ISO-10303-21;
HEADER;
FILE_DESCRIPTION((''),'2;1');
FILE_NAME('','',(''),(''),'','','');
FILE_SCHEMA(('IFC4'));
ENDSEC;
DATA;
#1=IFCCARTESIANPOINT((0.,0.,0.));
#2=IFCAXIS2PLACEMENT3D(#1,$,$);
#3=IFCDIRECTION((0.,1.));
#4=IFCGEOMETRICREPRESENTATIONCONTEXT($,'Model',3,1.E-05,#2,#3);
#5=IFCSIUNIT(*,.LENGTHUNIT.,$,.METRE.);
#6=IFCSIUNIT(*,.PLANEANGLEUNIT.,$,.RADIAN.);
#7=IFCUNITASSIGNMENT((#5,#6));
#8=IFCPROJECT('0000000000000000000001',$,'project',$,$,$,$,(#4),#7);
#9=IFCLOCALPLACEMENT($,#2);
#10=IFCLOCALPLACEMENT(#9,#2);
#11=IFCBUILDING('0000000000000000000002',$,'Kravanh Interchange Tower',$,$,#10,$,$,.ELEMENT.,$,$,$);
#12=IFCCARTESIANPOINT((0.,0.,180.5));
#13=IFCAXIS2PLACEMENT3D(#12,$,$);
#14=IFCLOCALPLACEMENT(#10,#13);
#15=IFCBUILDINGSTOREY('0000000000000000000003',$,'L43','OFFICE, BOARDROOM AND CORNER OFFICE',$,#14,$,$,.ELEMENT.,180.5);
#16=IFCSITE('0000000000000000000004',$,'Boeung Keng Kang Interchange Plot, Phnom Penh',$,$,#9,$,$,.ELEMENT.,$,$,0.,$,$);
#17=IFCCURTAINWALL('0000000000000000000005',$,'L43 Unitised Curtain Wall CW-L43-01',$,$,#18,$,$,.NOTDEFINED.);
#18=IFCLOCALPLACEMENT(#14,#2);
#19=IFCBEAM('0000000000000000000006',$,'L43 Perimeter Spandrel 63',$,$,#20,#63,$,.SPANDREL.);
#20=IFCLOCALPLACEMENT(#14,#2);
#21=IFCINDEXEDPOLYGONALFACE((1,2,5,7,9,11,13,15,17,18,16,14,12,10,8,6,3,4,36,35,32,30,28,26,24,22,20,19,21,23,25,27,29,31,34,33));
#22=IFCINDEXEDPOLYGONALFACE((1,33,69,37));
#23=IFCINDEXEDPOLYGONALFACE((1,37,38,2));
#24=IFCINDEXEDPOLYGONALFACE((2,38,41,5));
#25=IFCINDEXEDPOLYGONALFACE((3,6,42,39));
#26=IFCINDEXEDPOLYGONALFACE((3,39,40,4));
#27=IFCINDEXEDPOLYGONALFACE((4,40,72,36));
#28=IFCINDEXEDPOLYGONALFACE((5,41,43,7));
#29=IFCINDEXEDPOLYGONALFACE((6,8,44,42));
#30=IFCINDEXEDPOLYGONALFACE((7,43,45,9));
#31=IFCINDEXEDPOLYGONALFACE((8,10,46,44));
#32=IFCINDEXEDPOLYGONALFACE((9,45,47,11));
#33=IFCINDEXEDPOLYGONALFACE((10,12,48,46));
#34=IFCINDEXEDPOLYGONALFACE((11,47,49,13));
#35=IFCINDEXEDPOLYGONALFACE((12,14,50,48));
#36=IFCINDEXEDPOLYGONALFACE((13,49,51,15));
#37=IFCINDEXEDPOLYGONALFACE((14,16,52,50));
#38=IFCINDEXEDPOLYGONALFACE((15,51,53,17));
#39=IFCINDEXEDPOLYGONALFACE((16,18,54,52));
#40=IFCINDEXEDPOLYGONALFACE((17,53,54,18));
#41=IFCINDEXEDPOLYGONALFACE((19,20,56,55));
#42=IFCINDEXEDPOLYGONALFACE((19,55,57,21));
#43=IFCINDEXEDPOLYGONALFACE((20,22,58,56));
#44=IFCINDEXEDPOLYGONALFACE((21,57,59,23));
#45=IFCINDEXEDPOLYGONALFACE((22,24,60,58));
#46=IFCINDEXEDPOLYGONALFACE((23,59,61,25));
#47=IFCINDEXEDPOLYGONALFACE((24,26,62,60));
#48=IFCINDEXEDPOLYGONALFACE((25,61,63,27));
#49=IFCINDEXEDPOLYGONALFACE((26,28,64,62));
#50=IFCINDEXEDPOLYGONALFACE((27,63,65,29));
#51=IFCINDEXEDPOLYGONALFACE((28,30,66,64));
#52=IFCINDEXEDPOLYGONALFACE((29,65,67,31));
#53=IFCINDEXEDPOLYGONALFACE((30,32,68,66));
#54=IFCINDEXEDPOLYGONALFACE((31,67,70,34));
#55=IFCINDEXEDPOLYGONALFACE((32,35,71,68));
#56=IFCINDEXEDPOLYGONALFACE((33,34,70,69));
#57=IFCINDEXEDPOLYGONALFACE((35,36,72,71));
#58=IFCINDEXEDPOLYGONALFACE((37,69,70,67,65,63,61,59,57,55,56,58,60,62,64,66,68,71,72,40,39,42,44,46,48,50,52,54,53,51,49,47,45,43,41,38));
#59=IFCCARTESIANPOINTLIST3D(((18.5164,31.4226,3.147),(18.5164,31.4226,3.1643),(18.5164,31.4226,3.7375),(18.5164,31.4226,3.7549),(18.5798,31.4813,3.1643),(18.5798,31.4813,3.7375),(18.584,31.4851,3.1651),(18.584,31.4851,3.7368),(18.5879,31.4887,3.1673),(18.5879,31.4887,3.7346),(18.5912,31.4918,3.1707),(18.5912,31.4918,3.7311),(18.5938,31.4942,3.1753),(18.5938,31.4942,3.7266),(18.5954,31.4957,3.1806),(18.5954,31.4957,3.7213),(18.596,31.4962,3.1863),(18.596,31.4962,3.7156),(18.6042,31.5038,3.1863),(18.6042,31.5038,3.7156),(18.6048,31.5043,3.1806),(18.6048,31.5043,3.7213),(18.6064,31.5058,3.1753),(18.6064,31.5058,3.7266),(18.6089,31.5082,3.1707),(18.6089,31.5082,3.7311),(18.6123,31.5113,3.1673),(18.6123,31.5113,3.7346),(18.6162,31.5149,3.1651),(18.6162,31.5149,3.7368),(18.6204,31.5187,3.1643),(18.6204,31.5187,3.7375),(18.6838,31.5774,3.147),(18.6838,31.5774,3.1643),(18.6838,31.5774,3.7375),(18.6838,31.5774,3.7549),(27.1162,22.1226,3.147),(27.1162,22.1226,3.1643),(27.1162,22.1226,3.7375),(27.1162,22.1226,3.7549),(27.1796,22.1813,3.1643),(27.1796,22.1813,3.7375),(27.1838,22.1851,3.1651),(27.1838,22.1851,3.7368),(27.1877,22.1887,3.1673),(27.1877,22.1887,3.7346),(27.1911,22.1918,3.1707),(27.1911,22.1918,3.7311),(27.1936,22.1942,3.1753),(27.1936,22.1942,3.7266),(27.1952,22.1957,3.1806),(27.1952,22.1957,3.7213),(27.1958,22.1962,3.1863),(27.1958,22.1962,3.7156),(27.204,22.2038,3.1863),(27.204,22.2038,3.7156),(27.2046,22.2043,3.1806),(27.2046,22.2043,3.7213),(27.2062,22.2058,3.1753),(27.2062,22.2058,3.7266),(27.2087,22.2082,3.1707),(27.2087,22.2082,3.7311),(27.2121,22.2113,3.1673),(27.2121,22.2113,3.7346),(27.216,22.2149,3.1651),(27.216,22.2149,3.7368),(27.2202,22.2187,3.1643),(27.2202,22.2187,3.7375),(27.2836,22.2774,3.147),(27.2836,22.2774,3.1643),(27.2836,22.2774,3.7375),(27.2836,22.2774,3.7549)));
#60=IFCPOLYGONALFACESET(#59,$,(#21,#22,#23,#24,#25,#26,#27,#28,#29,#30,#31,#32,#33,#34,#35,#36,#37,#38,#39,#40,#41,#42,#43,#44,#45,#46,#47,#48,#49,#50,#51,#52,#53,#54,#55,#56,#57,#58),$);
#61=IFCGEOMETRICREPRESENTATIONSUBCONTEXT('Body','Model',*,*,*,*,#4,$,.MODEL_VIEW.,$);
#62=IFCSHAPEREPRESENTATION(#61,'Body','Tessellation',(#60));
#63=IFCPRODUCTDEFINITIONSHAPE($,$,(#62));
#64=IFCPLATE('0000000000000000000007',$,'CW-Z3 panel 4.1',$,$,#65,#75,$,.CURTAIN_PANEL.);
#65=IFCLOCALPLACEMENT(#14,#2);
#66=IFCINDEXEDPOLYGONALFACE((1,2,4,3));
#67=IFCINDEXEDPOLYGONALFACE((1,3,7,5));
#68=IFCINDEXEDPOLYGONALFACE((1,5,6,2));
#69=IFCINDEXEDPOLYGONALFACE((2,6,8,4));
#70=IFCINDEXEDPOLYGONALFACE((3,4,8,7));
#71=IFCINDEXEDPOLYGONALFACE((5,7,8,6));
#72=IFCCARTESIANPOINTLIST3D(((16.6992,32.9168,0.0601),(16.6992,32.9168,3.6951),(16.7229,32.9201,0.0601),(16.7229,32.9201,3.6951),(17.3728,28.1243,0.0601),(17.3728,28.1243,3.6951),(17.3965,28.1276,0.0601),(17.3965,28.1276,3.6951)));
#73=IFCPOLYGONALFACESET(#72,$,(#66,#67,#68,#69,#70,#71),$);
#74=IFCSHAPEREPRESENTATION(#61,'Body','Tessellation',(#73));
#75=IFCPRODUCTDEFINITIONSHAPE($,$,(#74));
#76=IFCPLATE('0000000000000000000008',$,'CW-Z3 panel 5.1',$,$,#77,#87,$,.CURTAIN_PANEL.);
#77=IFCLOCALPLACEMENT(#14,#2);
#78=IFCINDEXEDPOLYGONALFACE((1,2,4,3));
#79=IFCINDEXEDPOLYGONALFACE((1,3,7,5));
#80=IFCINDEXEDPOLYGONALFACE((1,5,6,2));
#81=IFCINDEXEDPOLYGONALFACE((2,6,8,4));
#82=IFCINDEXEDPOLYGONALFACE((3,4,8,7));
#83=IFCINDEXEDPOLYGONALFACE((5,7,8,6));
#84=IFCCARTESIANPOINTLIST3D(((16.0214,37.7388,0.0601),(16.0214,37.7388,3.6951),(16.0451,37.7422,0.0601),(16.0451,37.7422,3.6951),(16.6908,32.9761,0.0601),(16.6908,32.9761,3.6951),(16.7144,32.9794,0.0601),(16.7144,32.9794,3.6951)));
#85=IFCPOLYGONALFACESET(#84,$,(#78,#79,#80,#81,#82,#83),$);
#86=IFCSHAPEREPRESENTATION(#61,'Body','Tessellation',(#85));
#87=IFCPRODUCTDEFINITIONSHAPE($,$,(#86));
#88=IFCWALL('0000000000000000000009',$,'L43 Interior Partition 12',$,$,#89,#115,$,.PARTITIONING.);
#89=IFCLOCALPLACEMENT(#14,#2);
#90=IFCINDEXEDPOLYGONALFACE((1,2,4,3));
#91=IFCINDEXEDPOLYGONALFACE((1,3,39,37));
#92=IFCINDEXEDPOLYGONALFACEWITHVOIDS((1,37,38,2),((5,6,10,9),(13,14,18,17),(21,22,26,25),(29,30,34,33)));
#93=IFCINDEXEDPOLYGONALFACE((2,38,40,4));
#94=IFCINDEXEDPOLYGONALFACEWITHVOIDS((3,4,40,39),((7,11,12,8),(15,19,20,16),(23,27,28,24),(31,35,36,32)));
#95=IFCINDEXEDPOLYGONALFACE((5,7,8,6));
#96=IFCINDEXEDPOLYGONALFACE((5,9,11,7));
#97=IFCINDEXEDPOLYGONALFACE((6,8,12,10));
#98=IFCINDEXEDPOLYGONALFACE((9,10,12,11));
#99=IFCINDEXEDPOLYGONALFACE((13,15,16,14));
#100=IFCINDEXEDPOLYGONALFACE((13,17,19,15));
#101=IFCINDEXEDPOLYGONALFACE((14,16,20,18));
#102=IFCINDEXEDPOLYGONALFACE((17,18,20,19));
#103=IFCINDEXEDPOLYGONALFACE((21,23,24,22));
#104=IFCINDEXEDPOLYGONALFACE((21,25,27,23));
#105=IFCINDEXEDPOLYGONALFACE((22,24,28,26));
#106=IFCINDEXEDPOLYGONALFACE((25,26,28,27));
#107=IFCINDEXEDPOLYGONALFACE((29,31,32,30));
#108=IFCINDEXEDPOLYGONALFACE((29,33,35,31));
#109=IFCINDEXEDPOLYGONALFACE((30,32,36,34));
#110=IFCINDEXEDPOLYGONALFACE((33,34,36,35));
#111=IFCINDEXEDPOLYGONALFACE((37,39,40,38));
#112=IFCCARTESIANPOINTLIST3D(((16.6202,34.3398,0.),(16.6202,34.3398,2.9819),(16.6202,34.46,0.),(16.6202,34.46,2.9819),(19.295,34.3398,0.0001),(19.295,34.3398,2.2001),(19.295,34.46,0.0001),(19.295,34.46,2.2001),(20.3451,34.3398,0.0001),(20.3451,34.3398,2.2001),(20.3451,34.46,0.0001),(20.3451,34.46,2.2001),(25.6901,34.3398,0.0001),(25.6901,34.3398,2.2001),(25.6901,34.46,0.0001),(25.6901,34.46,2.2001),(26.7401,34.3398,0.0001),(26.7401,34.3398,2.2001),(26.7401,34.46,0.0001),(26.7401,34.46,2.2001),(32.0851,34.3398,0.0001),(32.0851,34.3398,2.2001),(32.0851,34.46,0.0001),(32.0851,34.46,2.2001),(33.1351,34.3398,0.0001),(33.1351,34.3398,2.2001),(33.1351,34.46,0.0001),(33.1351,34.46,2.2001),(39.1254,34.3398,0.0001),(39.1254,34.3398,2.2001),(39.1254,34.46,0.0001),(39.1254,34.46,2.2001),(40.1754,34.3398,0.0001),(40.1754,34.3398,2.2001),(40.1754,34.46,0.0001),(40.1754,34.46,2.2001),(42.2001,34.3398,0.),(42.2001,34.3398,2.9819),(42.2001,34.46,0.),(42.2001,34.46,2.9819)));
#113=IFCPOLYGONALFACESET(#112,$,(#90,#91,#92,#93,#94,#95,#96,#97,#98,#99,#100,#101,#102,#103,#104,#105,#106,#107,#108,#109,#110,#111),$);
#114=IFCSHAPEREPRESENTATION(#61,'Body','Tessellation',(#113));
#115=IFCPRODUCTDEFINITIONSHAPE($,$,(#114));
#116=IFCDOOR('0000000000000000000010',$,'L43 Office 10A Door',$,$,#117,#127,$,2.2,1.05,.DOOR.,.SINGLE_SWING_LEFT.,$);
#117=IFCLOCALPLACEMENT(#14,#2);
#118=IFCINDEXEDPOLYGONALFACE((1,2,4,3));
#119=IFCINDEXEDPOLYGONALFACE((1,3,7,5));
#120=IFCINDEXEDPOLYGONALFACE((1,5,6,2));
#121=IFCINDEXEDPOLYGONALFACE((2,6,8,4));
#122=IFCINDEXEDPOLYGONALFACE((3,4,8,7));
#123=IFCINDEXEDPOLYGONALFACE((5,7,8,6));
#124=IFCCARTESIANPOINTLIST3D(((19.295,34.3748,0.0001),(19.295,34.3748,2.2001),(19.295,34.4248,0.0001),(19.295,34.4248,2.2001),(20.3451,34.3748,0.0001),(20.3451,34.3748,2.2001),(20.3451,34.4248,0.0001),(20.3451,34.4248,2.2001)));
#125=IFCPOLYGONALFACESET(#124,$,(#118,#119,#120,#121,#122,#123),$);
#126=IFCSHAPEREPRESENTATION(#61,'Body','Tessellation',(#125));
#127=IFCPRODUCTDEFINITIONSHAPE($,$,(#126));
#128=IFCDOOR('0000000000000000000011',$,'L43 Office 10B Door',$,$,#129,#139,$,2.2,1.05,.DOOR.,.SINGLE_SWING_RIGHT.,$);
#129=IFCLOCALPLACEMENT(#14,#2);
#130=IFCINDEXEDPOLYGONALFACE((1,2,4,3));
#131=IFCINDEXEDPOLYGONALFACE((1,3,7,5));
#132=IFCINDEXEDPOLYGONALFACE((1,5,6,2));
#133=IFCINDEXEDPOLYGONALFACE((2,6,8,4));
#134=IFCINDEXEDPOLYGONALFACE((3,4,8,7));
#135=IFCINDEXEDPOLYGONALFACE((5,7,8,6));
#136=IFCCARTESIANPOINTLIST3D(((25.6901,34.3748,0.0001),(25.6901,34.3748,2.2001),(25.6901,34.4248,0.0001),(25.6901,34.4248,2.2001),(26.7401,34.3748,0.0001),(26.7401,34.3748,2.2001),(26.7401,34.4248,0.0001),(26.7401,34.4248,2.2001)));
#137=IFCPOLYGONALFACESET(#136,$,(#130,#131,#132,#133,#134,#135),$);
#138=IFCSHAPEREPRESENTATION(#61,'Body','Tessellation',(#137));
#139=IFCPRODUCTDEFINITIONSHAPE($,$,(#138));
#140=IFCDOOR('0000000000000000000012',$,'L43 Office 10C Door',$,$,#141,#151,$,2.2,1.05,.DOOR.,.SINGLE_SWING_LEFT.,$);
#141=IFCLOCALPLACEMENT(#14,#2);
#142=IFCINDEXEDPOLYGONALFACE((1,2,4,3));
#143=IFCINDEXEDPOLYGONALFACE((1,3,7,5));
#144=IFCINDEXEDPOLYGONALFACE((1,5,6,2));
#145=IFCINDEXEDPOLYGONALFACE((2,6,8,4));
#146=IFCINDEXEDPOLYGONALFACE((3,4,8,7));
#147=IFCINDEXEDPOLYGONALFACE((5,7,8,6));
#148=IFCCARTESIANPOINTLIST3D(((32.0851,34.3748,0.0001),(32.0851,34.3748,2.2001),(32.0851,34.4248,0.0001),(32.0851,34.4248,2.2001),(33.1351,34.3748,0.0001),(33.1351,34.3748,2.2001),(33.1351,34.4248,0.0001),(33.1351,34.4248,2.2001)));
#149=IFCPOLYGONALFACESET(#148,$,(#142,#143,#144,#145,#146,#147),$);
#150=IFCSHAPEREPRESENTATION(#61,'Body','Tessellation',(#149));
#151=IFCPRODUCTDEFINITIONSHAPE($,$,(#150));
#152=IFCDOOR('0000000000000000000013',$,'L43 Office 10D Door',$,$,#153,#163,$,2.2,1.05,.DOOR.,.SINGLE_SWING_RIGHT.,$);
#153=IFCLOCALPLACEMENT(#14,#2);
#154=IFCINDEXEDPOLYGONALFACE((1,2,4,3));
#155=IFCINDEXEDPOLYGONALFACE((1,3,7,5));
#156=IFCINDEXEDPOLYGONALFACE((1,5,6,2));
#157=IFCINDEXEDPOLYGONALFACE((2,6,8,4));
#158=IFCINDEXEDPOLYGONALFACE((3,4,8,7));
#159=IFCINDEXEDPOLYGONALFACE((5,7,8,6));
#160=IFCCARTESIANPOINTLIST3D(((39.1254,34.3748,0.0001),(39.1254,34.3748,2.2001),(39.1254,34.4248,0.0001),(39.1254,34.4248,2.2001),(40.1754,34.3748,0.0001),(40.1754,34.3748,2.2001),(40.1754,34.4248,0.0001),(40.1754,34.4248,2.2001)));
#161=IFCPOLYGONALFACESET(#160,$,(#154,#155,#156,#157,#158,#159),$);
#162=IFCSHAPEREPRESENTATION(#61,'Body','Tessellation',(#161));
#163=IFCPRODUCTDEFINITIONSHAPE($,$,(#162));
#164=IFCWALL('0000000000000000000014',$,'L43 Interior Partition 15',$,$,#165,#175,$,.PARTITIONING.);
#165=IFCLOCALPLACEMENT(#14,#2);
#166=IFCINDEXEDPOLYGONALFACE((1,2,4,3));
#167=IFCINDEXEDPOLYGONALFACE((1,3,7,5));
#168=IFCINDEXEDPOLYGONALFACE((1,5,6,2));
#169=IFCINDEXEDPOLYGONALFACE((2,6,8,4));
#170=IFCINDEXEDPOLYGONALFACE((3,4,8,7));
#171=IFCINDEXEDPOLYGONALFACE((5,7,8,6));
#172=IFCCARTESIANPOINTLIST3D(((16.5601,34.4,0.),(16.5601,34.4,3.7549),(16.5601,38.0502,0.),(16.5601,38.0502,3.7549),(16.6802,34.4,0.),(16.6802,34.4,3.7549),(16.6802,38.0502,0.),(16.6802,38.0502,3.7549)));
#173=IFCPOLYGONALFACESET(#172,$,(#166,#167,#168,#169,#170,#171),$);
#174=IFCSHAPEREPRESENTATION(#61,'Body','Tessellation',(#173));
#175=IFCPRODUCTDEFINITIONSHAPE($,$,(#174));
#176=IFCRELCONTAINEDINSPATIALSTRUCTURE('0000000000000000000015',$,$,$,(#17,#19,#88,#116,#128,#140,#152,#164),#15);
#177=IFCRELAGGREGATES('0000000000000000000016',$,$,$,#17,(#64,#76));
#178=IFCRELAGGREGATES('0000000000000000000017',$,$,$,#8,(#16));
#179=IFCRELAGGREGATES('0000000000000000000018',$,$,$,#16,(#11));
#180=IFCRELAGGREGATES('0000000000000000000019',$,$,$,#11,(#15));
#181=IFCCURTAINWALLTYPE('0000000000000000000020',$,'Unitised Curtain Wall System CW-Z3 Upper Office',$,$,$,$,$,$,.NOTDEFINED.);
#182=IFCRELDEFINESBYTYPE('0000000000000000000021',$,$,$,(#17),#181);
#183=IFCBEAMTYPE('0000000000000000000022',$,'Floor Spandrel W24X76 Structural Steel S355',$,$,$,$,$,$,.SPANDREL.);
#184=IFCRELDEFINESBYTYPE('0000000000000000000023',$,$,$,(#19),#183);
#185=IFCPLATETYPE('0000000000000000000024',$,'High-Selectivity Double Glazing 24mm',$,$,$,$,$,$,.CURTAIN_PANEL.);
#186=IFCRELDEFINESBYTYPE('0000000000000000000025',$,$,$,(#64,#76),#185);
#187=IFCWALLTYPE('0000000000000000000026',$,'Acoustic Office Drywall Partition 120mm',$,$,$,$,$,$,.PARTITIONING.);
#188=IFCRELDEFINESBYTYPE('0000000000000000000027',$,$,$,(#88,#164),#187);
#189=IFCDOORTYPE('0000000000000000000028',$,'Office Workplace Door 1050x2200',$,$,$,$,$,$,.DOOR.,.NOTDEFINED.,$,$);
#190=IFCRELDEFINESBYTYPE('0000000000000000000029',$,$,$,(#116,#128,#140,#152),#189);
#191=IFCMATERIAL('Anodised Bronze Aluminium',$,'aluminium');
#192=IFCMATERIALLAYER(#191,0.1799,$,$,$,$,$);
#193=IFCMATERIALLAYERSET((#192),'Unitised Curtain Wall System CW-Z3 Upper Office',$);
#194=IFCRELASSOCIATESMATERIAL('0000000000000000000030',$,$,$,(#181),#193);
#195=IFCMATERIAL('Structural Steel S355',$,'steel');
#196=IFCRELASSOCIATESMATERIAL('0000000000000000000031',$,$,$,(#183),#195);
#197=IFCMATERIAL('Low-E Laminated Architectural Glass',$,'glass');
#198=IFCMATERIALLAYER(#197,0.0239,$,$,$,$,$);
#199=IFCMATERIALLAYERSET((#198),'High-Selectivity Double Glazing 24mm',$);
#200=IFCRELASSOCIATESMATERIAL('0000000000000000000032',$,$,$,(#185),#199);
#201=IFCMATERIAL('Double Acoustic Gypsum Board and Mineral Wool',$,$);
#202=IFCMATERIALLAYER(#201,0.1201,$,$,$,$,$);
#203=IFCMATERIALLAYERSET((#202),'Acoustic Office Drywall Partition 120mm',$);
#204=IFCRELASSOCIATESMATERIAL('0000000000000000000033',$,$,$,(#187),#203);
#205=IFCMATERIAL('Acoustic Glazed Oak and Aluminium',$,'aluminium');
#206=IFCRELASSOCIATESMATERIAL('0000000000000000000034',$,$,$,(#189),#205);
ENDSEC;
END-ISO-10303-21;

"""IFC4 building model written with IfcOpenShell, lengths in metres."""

from ifc_helpers import new_model, si_unit, direction, frame, frame_2d, origin, origin_2d, place, context, subcontext, project, spatial, rectangle, i_section, extrude, material, layer, layer_set, material_profile, profile_set, type_object, element, fill, aggregate, save


model = new_model("IFC4")

# Units and contexts
model_context = context("Model", 3, precision=1e-05, world=origin(), true_north=direction((0.0, 1.0)))
body_context = subcontext(model_context, "Body", "Model", "MODEL_VIEW")
ifc_project = project(units=[si_unit("LENGTHUNIT", "METRE"), si_unit("PLANEANGLEUNIT", "RADIAN")], contexts=[model_context])

# Site, building, storey
site_placement = place(None, origin())
site = spatial("IfcSite", under=ifc_project, at=site_placement, Name="Boeung Keng Kang Interchange Plot, Phnom Penh", CompositionType="ELEMENT", RefElevation=0.0)
building_placement = place(site_placement, origin())
building = spatial("IfcBuilding", under=site, at=building_placement, Name="Kravanh Interchange Tower", CompositionType="ELEMENT")
storey_placement = place(building_placement, frame((0.0, 0.0, 180.5)))
storey = spatial("IfcBuildingStorey", under=building, at=storey_placement, Name="L43", Description="OFFICE, BOARDROOM AND CORNER OFFICE", CompositionType="ELEMENT", Elevation=180.5)

# Curtain wall
ifc_material_1 = material(Name="Anodised Bronze Aluminium", Category="aluminium")
ifc_layer_1 = layer(ifc_material_1, 0.1799)
ifc_layer_set_1 = layer_set([ifc_layer_1], Name="Unitised Curtain Wall System CW-Z3 Upper Office")
curtain_wall_type = type_object("IfcCurtainWallType", Name="Unitised Curtain Wall System CW-Z3 Upper Office", PredefinedType="NOTDEFINED", material=ifc_layer_set_1)
curtain_wall_placement = place(storey_placement, origin())
curtain_wall = element("IfcCurtainWall", 1, at=curtain_wall_placement, inside=storey, type_object=curtain_wall_type, Name="L43 Unitised Curtain Wall CW-L43-01", PredefinedType="NOTDEFINED")

# Beam
ifc_material_2 = material(Name="Structural Steel S355", Category="steel")
ifc_material_profile_1 = material_profile(ifc_material_2, i_section(OverallWidth=0.228, OverallDepth=0.6079, WebThickness=0.0112, FlangeThickness=0.0173, FilletRadius=0.022, at=origin_2d()), Name="W24X76")
ifc_profile_set_1 = profile_set([ifc_material_profile_1], Name="Structural Steel S355")
beam_type_1 = type_object("IfcBeamType", Name="Floor Spandrel W24X76 Structural Steel S355", PredefinedType="SPANDREL", material=ifc_profile_set_1)
beam_1_placement = place(storey_placement, frame((18.6001, 31.5, 3.4509), z_axis=(0.678927, -0.734205, 0.0), x_axis=(0.734205, 0.678927, 0.0)))
element("IfcBeam", 2, at=beam_1_placement, inside=storey, type_object=beam_type_1, Name="L43 Perimeter Spandrel 63", PredefinedType="SPANDREL", context=body_context, shape_type="SweptSolid", body=[
    extrude(i_section(OverallWidth=0.228, OverallDepth=0.6079, WebThickness=0.0112, FlangeThickness=0.0173, FilletRadius=0.022, at=origin_2d()), origin(), (0.0, 0.0, 1.0), 12.6667),
])

# Plates
ifc_material_3 = material(Name="Low-E Laminated Architectural Glass", Category="glass")
ifc_layer_2 = layer(ifc_material_3, 0.0239)
ifc_layer_set_2 = layer_set([ifc_layer_2], Name="High-Selectivity Double Glazing 24mm")
plate_type = type_object("IfcPlateType", Name="High-Selectivity Double Glazing 24mm", PredefinedType="CURTAIN_PANEL", material=ifc_layer_set_2)
plate_1_placement = place(storey_placement, frame((17.0479, 30.5222, 0.0601), z_axis=(0.0, 0.0, 1.0), x_axis=(-0.139172, 0.990268, 0.0)))
plate_1 = element("IfcPlate", 3, at=plate_1_placement, type_object=plate_type, Name="CW-Z3 panel 4.1", PredefinedType="CURTAIN_PANEL", context=body_context, shape_type="SweptSolid", body=[
    extrude(rectangle(XDim=4.8396, YDim=0.0239, at=origin_2d()), origin(), (0.0, 0.0, 1.0), 3.635),
])
plate_2_placement = place(storey_placement, frame((16.3679, 35.3591, 0.0601), z_axis=(0.0, 0.0, 1.0), x_axis=(-0.139172, 0.990268, 0.0)))
plate_2 = element("IfcPlate", 4, at=plate_2_placement, type_object=plate_type, Name="CW-Z3 panel 5.1", PredefinedType="CURTAIN_PANEL", context=body_context, shape_type="SweptSolid", body=[
    extrude(rectangle(XDim=4.8096, YDim=0.0239, at=origin_2d()), origin(), (0.0, 0.0, 1.0), 3.635),
])
aggregate(curtain_wall, [plate_1, plate_2])

# Wall, openings, doors
ifc_material_4 = material(Name="Double Acoustic Gypsum Board and Mineral Wool")
ifc_layer_3 = layer(ifc_material_4, 0.1201)
ifc_layer_set_3 = layer_set([ifc_layer_3], Name="Acoustic Office Drywall Partition 120mm")
wall_type_1 = type_object("IfcWallType", Name="Acoustic Office Drywall Partition 120mm", PredefinedType="PARTITIONING", material=ifc_layer_set_3)
wall_1_placement = place(storey_placement, frame((16.6201, 34.3999, 0.0), z_axis=(0.0, 0.0, 1.0), x_axis=(1.0, 0.0, 0.0)))
wall_1 = element("IfcWall", 5, at=wall_1_placement, inside=storey, type_object=wall_type_1, Name="L43 Interior Partition 12", PredefinedType="PARTITIONING", context=body_context, shape_type="SweptSolid", body=[
    extrude(rectangle(XDim=25.5798, YDim=0.1201, at=frame_2d((12.79, 0.0))), origin(), (0.0, 0.0, 1.0), 2.9819),
])
opening_1_placement = place(wall_1_placement, frame((2.675, 0.0, 0.0)))
opening_1 = element("IfcOpeningElement", 6, at=opening_1_placement, cuts=wall_1, PredefinedType="OPENING", context=body_context, shape_type="SweptSolid", body=[
    extrude(rectangle(XDim=1.05, YDim=2.2, at=frame_2d((0.5249, 1.1001))), frame((0.0, 0.0701, 0.0), z_axis=(0.0, -1.0, 0.0), x_axis=(1.0, 0.0, 0.0)), (0.0, 0.0, 1.0), 0.1401),
])
opening_2_placement = place(wall_1_placement, frame((9.0701, 0.0, 0.0)))
opening_2 = element("IfcOpeningElement", 7, at=opening_2_placement, cuts=wall_1, PredefinedType="OPENING", context=body_context, shape_type="SweptSolid", body=[
    extrude(rectangle(XDim=1.05, YDim=2.2, at=frame_2d((0.5249, 1.1001))), frame((0.0, 0.0701, 0.0), z_axis=(0.0, -1.0, 0.0), x_axis=(1.0, 0.0, 0.0)), (0.0, 0.0, 1.0), 0.1401),
])
opening_3_placement = place(wall_1_placement, frame((15.4651, 0.0, 0.0)))
opening_3 = element("IfcOpeningElement", 8, at=opening_3_placement, cuts=wall_1, PredefinedType="OPENING", context=body_context, shape_type="SweptSolid", body=[
    extrude(rectangle(XDim=1.05, YDim=2.2, at=frame_2d((0.5249, 1.1001))), frame((0.0, 0.0701, 0.0), z_axis=(0.0, -1.0, 0.0), x_axis=(1.0, 0.0, 0.0)), (0.0, 0.0, 1.0), 0.1401),
])
opening_4_placement = place(wall_1_placement, frame((22.5054, 0.0, 0.0)))
opening_4 = element("IfcOpeningElement", 9, at=opening_4_placement, cuts=wall_1, PredefinedType="OPENING", context=body_context, shape_type="SweptSolid", body=[
    extrude(rectangle(XDim=1.05, YDim=2.2, at=frame_2d((0.5249, 1.1001))), frame((0.0, 0.0701, 0.0), z_axis=(0.0, -1.0, 0.0), x_axis=(1.0, 0.0, 0.0)), (0.0, 0.0, 1.0), 0.1401),
])
ifc_material_5 = material(Name="Acoustic Glazed Oak and Aluminium", Category="aluminium")
door_type = type_object("IfcDoorType", Name="Office Workplace Door 1050x2200", OperationType="NOTDEFINED", PredefinedType="DOOR", material=ifc_material_5)
door_1_placement = place(opening_1_placement, origin())
door_1 = element("IfcDoor", 10, at=door_1_placement, inside=storey, type_object=door_type, Name="L43 Office 10A Door", OperationType="SINGLE_SWING_LEFT", OverallHeight=2.2, OverallWidth=1.05, PredefinedType="DOOR", context=body_context, shape_type="SweptSolid", body=[
    extrude(rectangle(XDim=1.05, YDim=2.2, at=frame_2d((0.5249, 1.1001))), frame((0.0, 0.0249, 0.0), z_axis=(0.0, -1.0, 0.0), x_axis=(1.0, 0.0, 0.0)), (0.0, 0.0, 1.0), 0.05),
])
fill(opening_1, door_1)
door_2_placement = place(opening_2_placement, origin())
door_2 = element("IfcDoor", 11, at=door_2_placement, inside=storey, type_object=door_type, Name="L43 Office 10B Door", OperationType="SINGLE_SWING_RIGHT", OverallHeight=2.2, OverallWidth=1.05, PredefinedType="DOOR", context=body_context, shape_type="SweptSolid", body=[
    extrude(rectangle(XDim=1.05, YDim=2.2, at=frame_2d((0.5249, 1.1001))), frame((0.0, 0.0249, 0.0), z_axis=(0.0, -1.0, 0.0), x_axis=(1.0, 0.0, 0.0)), (0.0, 0.0, 1.0), 0.05),
])
fill(opening_2, door_2)
door_3_placement = place(opening_3_placement, origin())
door_3 = element("IfcDoor", 12, at=door_3_placement, inside=storey, type_object=door_type, Name="L43 Office 10C Door", OperationType="SINGLE_SWING_LEFT", OverallHeight=2.2, OverallWidth=1.05, PredefinedType="DOOR", context=body_context, shape_type="SweptSolid", body=[
    extrude(rectangle(XDim=1.05, YDim=2.2, at=frame_2d((0.5249, 1.1001))), frame((0.0, 0.0249, 0.0), z_axis=(0.0, -1.0, 0.0), x_axis=(1.0, 0.0, 0.0)), (0.0, 0.0, 1.0), 0.05),
])
fill(opening_3, door_3)
door_4_placement = place(opening_4_placement, origin())
door_4 = element("IfcDoor", 13, at=door_4_placement, inside=storey, type_object=door_type, Name="L43 Office 10D Door", OperationType="SINGLE_SWING_RIGHT", OverallHeight=2.2, OverallWidth=1.05, PredefinedType="DOOR", context=body_context, shape_type="SweptSolid", body=[
    extrude(rectangle(XDim=1.05, YDim=2.2, at=frame_2d((0.5249, 1.1001))), frame((0.0, 0.0249, 0.0), z_axis=(0.0, -1.0, 0.0), x_axis=(1.0, 0.0, 0.0)), (0.0, 0.0, 1.0), 0.05),
])
fill(opening_4, door_4)

# Wall
wall_2_placement = place(storey_placement, frame((16.6201, 34.3999, 0.0), z_axis=(0.0, 0.0, 1.0), x_axis=(0.0, 1.0, 0.0)))
element("IfcWall", 14, at=wall_2_placement, inside=storey, type_object=wall_type_1, Name="L43 Interior Partition 15", PredefinedType="PARTITIONING", context=body_context, shape_type="SweptSolid", body=[
    extrude(rectangle(XDim=3.6501, YDim=0.1201, at=frame_2d((1.8252, 0.0))), origin(), (0.0, 0.0, 1.0), 3.7549),
])

save(model, "model.ifc")
